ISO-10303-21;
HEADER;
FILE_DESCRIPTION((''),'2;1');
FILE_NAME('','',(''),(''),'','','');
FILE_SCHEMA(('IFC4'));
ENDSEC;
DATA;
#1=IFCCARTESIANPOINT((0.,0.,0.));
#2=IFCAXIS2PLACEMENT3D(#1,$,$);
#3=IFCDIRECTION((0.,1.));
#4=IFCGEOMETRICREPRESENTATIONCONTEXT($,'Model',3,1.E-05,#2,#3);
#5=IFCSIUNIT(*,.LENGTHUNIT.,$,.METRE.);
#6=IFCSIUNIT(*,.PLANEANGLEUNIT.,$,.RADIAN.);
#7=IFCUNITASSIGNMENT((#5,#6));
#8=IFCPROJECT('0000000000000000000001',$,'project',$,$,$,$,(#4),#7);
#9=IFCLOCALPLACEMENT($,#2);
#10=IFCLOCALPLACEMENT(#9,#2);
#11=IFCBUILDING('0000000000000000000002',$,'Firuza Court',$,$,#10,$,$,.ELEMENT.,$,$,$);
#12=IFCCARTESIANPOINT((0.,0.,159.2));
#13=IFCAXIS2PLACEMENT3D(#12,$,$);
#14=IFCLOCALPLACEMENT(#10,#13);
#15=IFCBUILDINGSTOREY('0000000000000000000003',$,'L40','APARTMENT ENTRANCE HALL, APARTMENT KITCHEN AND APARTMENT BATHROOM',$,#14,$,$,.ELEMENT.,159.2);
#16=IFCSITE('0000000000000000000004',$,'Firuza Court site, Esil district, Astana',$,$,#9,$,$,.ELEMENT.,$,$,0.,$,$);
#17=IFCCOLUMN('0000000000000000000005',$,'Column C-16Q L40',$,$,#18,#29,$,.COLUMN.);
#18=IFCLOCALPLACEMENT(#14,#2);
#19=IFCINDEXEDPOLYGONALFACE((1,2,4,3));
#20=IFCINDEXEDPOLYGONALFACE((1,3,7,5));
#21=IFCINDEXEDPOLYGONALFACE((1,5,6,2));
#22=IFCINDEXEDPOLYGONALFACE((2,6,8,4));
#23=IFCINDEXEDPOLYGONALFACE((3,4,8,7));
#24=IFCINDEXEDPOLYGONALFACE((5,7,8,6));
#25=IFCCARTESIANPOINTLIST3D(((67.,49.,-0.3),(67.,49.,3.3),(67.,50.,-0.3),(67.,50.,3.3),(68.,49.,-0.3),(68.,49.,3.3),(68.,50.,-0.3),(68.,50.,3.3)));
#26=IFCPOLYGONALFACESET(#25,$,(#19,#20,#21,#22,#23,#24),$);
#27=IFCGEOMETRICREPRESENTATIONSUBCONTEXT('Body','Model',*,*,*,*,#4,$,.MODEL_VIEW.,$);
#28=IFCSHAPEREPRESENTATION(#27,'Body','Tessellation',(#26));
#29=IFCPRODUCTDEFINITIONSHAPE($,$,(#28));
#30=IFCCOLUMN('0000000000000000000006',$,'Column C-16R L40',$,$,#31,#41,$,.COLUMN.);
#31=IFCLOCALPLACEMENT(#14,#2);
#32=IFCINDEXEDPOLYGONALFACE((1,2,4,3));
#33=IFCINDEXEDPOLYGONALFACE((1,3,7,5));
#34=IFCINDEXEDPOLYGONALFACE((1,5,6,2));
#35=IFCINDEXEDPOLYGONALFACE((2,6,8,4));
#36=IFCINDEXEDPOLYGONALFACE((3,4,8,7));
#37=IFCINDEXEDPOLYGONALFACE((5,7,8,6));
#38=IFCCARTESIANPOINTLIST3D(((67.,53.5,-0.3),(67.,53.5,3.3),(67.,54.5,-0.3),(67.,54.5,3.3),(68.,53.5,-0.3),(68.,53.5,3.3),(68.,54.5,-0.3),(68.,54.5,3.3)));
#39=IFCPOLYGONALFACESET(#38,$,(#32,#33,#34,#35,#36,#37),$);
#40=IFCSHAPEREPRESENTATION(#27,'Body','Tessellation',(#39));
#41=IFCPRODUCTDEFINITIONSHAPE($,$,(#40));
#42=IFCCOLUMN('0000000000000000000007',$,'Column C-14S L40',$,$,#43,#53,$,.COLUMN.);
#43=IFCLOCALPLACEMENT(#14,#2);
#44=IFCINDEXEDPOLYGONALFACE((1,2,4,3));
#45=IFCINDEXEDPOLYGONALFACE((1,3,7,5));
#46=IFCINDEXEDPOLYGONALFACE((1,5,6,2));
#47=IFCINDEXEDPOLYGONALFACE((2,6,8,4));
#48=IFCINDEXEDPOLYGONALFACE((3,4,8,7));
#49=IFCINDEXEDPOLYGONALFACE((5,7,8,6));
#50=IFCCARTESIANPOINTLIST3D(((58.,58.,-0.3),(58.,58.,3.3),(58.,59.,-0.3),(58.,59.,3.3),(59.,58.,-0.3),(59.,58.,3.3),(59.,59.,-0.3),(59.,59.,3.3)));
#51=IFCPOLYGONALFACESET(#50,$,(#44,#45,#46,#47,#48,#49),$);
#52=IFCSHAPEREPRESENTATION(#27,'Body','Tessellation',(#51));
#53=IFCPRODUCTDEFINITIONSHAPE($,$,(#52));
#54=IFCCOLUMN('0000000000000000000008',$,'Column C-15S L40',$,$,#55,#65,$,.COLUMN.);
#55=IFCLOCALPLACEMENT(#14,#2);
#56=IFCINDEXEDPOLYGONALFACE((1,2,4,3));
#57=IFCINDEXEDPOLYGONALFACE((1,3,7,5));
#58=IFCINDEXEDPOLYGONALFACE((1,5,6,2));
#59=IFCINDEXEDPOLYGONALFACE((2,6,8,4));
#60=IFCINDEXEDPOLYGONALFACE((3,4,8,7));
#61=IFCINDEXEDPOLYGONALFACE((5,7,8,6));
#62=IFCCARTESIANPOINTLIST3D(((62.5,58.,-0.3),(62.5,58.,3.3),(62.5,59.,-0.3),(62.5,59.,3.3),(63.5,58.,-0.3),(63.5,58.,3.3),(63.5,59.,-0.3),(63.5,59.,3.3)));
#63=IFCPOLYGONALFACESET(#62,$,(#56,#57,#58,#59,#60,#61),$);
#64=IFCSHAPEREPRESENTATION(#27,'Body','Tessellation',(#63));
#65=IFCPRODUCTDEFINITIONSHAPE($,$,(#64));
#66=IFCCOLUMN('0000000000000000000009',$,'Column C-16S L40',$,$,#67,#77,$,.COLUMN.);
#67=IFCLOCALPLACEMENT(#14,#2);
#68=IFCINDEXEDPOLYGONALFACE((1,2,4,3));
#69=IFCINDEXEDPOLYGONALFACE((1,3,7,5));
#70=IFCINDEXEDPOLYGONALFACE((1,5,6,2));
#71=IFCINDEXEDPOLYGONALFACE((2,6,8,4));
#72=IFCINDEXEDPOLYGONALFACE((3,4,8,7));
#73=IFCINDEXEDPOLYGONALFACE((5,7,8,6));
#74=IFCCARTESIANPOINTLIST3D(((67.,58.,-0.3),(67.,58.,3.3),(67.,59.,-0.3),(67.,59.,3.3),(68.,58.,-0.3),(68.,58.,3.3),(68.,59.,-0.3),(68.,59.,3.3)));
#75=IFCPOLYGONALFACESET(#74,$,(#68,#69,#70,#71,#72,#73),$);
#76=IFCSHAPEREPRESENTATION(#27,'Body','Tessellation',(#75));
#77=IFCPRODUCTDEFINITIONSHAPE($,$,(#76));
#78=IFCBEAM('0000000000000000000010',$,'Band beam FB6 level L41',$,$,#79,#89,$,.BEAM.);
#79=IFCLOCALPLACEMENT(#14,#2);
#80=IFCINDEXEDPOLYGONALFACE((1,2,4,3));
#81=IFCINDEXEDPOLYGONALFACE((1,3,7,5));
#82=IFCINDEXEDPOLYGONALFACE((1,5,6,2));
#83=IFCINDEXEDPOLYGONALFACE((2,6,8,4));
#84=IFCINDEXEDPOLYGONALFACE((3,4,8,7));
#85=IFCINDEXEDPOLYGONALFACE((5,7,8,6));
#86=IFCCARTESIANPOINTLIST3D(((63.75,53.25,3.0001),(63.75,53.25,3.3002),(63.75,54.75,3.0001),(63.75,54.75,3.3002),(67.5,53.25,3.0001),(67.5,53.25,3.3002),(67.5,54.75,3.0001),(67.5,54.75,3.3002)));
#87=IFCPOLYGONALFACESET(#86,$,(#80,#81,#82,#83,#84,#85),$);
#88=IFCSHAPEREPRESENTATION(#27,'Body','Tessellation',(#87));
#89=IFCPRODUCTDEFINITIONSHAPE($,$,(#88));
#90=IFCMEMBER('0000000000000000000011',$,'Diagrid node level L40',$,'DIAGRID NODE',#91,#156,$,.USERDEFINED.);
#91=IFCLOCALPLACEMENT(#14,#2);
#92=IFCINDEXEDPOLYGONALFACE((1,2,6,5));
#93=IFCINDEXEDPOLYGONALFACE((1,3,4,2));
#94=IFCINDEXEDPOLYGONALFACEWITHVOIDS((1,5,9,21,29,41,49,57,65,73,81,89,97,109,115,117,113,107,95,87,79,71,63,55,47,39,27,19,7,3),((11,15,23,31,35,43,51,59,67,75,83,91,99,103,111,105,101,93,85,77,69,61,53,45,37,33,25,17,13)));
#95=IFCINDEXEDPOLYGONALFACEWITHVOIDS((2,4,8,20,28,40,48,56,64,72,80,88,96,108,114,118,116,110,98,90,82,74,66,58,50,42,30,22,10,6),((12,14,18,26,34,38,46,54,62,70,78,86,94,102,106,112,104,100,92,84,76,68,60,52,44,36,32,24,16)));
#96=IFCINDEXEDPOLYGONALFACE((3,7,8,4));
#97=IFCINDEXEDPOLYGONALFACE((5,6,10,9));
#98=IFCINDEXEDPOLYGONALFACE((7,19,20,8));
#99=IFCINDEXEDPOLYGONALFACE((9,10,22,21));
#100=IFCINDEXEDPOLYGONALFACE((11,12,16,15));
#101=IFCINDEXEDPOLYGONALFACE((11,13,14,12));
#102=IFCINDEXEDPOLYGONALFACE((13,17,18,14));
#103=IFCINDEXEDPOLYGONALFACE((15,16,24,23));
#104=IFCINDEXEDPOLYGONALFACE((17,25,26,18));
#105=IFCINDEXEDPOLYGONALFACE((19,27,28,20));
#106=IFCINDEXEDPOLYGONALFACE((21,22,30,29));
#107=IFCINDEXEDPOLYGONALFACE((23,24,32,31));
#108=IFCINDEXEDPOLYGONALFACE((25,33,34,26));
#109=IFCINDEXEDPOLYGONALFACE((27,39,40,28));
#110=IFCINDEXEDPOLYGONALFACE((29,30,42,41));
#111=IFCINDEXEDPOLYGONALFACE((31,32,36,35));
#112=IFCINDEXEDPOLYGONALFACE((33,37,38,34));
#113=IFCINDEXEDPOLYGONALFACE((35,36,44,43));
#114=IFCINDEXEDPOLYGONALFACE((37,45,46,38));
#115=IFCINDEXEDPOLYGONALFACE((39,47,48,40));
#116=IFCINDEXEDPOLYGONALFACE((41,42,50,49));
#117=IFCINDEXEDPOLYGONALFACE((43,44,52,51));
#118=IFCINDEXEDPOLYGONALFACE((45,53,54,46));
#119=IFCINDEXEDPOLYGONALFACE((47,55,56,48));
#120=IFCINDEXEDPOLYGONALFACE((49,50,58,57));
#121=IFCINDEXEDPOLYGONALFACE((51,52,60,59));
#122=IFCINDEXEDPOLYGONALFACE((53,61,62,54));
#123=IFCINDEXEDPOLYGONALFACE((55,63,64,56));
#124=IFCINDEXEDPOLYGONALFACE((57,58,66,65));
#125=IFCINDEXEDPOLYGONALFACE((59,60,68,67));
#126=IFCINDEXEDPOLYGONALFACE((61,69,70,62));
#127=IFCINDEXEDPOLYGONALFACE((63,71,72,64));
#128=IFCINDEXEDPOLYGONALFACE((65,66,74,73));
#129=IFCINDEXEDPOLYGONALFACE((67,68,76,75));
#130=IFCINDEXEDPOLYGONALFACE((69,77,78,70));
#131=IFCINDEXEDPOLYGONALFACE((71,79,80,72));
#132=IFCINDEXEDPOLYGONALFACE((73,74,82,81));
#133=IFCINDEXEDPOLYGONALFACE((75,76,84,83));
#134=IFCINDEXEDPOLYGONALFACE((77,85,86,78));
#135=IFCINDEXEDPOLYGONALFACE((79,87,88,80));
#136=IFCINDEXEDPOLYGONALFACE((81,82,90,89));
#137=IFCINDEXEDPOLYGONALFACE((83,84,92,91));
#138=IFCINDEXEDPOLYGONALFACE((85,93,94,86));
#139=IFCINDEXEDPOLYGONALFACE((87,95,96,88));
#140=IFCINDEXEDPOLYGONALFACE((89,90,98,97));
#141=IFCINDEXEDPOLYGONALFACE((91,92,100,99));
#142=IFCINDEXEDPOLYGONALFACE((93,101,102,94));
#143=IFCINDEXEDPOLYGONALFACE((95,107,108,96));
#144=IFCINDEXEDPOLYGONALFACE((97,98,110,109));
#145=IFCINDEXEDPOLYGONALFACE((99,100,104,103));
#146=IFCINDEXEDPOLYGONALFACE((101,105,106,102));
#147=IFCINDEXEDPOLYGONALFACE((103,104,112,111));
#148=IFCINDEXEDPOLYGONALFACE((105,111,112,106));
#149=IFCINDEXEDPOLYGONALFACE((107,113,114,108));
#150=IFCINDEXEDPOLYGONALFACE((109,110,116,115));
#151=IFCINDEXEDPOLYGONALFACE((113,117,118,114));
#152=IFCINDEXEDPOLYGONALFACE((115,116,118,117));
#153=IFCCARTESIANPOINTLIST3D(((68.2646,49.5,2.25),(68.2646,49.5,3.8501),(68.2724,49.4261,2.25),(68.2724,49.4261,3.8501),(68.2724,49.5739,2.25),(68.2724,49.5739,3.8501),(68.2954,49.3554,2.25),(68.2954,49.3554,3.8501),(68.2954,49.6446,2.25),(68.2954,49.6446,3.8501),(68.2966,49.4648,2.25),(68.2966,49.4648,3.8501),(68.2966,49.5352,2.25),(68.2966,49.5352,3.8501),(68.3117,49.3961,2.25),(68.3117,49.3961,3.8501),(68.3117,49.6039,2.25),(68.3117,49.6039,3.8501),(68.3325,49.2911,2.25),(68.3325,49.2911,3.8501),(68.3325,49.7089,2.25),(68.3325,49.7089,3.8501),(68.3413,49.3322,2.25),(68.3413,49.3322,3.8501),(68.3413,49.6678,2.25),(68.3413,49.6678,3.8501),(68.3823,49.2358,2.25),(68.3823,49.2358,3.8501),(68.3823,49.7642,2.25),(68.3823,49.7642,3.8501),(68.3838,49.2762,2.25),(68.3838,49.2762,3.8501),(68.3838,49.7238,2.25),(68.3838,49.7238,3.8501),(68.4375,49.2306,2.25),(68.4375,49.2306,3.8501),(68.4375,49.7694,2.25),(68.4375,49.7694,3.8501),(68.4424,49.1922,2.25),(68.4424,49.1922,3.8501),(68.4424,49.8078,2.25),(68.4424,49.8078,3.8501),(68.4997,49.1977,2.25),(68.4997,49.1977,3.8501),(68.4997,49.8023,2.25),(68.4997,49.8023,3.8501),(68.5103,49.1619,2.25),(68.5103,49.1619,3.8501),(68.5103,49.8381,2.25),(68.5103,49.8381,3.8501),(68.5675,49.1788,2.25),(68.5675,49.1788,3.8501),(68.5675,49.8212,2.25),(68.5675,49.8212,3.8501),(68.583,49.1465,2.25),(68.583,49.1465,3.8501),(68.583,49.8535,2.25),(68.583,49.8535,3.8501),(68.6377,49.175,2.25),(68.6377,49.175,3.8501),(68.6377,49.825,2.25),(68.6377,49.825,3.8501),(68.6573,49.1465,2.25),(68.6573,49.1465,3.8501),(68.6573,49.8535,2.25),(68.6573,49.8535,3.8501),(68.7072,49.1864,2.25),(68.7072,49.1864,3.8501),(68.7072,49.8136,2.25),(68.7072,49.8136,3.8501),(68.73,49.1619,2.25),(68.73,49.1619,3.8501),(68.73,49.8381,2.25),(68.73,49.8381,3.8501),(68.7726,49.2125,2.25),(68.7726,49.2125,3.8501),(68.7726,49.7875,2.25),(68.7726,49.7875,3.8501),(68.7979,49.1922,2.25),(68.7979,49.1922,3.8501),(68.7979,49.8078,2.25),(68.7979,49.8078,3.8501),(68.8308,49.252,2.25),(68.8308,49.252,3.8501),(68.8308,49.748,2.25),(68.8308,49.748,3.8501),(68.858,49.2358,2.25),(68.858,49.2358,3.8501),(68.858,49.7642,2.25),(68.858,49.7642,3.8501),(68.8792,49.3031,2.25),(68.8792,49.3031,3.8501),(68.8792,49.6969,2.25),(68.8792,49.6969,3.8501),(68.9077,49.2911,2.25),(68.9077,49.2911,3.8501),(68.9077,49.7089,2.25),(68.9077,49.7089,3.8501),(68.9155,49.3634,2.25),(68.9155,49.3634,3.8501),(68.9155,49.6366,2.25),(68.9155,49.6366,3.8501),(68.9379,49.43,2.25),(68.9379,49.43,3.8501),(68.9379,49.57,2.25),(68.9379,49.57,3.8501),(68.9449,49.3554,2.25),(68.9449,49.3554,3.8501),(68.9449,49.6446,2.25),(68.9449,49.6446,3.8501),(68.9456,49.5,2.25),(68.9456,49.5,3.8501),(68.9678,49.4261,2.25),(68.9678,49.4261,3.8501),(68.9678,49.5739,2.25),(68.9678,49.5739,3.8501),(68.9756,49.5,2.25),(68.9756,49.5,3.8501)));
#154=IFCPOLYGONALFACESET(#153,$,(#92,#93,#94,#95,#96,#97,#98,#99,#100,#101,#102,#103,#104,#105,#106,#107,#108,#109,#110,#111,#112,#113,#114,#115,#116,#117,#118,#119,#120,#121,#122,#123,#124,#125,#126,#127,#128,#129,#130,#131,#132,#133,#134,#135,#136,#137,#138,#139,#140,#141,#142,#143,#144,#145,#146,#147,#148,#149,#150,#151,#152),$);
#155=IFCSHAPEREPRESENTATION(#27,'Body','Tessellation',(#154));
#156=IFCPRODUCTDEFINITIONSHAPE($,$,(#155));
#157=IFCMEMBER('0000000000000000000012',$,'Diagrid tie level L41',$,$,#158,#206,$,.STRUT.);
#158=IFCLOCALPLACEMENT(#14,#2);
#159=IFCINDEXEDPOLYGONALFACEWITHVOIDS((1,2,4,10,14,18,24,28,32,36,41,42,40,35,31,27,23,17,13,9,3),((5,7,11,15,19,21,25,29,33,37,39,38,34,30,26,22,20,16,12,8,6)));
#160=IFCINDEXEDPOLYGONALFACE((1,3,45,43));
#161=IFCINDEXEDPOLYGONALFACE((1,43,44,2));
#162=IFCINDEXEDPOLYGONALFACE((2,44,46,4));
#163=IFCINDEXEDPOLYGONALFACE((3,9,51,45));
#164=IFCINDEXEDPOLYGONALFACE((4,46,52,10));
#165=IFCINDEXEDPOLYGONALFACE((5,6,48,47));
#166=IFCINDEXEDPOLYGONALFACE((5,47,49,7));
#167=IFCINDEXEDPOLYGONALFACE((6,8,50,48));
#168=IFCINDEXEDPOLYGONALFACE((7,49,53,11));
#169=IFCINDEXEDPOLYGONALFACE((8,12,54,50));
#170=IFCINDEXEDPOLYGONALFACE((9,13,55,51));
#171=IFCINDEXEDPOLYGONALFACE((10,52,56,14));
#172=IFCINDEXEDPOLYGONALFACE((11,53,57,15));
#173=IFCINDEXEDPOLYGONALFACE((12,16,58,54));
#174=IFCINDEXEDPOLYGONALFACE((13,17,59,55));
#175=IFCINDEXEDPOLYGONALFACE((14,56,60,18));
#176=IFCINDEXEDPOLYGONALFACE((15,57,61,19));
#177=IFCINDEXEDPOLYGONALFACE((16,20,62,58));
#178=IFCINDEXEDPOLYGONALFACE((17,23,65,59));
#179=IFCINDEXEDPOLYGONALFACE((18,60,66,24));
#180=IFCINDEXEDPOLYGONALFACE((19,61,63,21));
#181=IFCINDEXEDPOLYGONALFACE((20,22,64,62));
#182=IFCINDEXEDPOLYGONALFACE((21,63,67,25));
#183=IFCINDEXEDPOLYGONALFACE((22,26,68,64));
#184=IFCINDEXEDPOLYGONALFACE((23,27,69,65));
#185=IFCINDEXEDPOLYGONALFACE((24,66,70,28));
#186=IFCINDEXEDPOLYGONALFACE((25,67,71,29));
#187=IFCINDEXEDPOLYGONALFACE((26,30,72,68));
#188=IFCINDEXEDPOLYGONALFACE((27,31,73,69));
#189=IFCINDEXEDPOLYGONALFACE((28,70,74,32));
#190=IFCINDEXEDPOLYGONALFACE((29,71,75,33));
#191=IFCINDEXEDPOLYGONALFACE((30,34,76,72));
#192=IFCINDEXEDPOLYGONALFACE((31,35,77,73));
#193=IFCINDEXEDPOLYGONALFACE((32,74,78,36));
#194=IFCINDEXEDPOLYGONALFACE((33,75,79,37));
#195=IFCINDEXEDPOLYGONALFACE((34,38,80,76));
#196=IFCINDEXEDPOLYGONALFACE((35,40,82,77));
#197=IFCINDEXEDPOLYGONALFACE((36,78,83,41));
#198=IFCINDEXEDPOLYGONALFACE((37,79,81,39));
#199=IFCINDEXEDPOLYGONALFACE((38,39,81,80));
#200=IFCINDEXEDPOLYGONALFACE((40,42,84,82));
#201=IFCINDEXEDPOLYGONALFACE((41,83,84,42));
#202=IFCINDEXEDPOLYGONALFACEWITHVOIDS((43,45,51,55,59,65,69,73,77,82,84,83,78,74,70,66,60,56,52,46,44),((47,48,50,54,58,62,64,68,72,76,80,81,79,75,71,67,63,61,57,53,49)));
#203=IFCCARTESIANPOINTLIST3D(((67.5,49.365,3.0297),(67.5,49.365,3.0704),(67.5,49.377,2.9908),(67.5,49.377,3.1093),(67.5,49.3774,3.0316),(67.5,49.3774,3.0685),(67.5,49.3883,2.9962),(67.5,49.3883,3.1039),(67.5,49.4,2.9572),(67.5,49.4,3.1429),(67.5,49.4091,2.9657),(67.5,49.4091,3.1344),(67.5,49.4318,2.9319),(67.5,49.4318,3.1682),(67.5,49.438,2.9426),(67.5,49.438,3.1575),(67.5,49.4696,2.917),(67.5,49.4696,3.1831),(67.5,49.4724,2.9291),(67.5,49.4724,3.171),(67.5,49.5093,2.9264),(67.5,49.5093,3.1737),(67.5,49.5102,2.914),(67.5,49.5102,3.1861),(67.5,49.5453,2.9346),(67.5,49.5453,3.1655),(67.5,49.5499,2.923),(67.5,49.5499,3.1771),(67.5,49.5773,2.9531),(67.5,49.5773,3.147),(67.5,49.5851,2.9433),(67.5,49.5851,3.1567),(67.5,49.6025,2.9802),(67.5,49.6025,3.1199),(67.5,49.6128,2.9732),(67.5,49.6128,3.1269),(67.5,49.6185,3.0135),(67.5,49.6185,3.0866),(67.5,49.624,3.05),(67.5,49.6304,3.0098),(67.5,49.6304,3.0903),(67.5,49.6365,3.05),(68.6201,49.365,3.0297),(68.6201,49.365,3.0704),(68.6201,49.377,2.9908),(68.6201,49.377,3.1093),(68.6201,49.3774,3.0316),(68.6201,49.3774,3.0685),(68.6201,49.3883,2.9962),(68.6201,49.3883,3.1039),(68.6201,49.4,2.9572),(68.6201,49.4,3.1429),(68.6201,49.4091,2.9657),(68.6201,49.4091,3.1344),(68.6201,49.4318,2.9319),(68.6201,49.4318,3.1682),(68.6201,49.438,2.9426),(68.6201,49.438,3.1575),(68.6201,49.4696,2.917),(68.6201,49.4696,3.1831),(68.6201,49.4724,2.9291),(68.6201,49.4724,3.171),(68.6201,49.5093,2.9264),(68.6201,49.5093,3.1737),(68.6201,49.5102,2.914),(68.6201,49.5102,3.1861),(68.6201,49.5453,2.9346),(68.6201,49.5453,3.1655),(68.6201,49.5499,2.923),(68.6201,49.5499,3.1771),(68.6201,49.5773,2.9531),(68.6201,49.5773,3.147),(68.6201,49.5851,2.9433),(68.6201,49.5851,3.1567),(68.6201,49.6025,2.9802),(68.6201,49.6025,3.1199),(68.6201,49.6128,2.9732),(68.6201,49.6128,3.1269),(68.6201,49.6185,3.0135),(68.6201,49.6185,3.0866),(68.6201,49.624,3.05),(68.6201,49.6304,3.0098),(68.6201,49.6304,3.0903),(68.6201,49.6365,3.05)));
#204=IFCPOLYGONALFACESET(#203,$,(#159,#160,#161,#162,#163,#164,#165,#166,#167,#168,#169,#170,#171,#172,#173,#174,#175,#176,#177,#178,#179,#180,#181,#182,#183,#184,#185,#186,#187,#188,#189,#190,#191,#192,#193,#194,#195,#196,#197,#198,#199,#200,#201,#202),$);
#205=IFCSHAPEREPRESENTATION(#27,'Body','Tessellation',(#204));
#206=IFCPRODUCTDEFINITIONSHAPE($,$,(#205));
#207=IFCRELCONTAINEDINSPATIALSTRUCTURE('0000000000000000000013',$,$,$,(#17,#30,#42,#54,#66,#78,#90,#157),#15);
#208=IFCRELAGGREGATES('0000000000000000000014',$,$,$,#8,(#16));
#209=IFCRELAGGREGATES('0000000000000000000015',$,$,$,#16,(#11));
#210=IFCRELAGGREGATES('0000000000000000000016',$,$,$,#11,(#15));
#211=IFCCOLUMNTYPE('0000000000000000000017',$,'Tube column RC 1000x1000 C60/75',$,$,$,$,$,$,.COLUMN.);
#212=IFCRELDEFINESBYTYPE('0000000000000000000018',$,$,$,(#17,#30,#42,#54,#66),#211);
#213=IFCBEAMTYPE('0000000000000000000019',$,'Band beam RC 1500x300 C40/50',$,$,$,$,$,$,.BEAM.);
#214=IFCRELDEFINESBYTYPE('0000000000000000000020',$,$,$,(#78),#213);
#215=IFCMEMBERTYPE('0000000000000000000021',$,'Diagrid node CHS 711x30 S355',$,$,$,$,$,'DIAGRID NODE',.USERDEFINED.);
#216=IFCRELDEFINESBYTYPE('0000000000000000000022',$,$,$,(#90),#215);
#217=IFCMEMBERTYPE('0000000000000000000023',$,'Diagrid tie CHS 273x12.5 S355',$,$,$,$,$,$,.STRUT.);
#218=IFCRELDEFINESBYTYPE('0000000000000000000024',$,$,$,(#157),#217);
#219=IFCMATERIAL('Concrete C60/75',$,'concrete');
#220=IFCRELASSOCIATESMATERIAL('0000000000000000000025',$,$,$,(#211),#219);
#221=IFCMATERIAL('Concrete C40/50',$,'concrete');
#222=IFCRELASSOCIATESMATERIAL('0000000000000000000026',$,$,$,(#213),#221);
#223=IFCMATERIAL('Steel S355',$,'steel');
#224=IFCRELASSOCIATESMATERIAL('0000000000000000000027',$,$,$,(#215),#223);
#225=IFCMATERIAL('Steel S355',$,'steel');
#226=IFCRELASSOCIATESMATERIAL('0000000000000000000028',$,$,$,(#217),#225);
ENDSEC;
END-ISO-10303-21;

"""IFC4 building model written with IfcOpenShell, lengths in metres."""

from ifc_helpers import new_model, si_unit, direction, frame, origin, origin_2d, place, context, subcontext, project, spatial, rectangle, hollow_circle, extrude, material, material_profile, profile_set, type_object, element, save


model = new_model("IFC4")

# Units and contexts
model_context = context("Model", 3, precision=1e-05, world=origin(), true_north=direction((0.0, 1.0)))
body_context = subcontext(model_context, "Body", "Model", "MODEL_VIEW")
ifc_project = project(units=[si_unit("LENGTHUNIT", "METRE"), si_unit("PLANEANGLEUNIT", "RADIAN")], contexts=[model_context])

# Site, building, storey
site_placement = place(None, origin())
site = spatial("IfcSite", under=ifc_project, at=site_placement, Name="Firuza Court site, Esil district, Astana", CompositionType="ELEMENT", RefElevation=0.0)
building_placement = place(site_placement, origin())
building = spatial("IfcBuilding", under=site, at=building_placement, Name="Firuza Court", CompositionType="ELEMENT")
storey_placement = place(building_placement, frame((0.0, 0.0, 159.2)))
storey = spatial("IfcBuildingStorey", under=building, at=storey_placement, Name="L40", Description="APARTMENT ENTRANCE HALL, APARTMENT KITCHEN AND APARTMENT BATHROOM", CompositionType="ELEMENT", Elevation=159.2)

# Columns
ifc_material_1 = material(Name="Concrete C60/75", Category="concrete")
ifc_material_profile_1 = material_profile(ifc_material_1, rectangle(XDim=1.0, YDim=1.0, at=origin_2d()), Name="RC 1000x1000")
ifc_profile_set_1 = profile_set([ifc_material_profile_1], Name="Concrete C60/75")
column_type = type_object("IfcColumnType", Name="Tube column RC 1000x1000 C60/75", PredefinedType="COLUMN", material=ifc_profile_set_1)
for number, where, z_axis, x_axis, name in (
    (1, (67.5, 49.5, -0.3), (0.0, 0.0, 1.0), (1.0, 0.0, 0.0), "Column C-16Q L40"),
    (2, (67.5, 54.0, -0.3), (0.0, 0.0, 1.0), (1.0, 0.0, 0.0), "Column C-16R L40"),
    (3, (58.5, 58.5, -0.3), (0.0, 0.0, 1.0), (1.0, 0.0, 0.0), "Column C-14S L40"),
    (4, (63.0, 58.5, -0.3), (0.0, 0.0, 1.0), (1.0, 0.0, 0.0), "Column C-15S L40"),
    (5, (67.5, 58.5, -0.3), (0.0, 0.0, 1.0), (1.0, 0.0, 0.0), "Column C-16S L40"),
):
    element("IfcColumn", number, at=place(storey_placement, frame(where, z_axis=z_axis, x_axis=x_axis)), inside=storey, type_object=column_type, Name=name, PredefinedType="COLUMN", context=body_context, shape_type="SweptSolid", body=[
        extrude(rectangle(XDim=1.0, YDim=1.0, at=origin_2d()), origin(), (0.0, 0.0, 1.0), 3.6001),
    ])

# Beam
ifc_material_2 = material(Name="Concrete C40/50", Category="concrete")
ifc_material_profile_2 = material_profile(ifc_material_2, rectangle(XDim=1.5, YDim=0.3, at=origin_2d()), Name="RC 1500x300")
ifc_profile_set_2 = profile_set([ifc_material_profile_2], Name="Concrete C40/50")
beam_type_1 = type_object("IfcBeamType", Name="Band beam RC 1500x300 C40/50", PredefinedType="BEAM", material=ifc_profile_set_2)
beam_placement = place(storey_placement, frame((67.5, 54.0, 3.1501), z_axis=(-1.0, 0.0, 0.0), x_axis=(0.0, -1.0, 0.0)))
element("IfcBeam", 6, at=beam_placement, inside=storey, type_object=beam_type_1, Name="Band beam FB6 level L41", PredefinedType="BEAM", context=body_context, shape_type="SweptSolid", body=[
    extrude(rectangle(XDim=1.5, YDim=0.3, at=origin_2d()), origin(), (0.0, 0.0, 1.0), 3.75),
])

# Members
ifc_material_3 = material(Name="Steel S355", Category="steel")
ifc_material_profile_3 = material_profile(ifc_material_3, hollow_circle(Radius=0.3555, WallThickness=0.03, at=origin_2d()), Name="CHS 711x30")
ifc_profile_set_3 = profile_set([ifc_material_profile_3], Name="Steel S355")
member_type_1 = type_object("IfcMemberType", Name="Diagrid node CHS 711x30 S355", ElementType="DIAGRID NODE", PredefinedType="USERDEFINED", material=ifc_profile_set_3)
member_1_placement = place(storey_placement, frame((68.6201, 49.5, 2.25), z_axis=(0.0, 0.0, 1.0), x_axis=(1.0, 0.0, 0.0)))
element("IfcMember", 7, at=member_1_placement, inside=storey, type_object=member_type_1, Name="Diagrid node level L40", ObjectType="DIAGRID NODE", PredefinedType="USERDEFINED", context=body_context, shape_type="SweptSolid", body=[
    extrude(hollow_circle(Radius=0.3555, WallThickness=0.03, at=origin_2d()), origin(), (0.0, 0.0, 1.0), 1.6001),
])
ifc_material_4 = material(Name="Steel S355", Category="steel")
ifc_material_profile_4 = material_profile(ifc_material_4, hollow_circle(Radius=0.1365, WallThickness=0.0125, at=origin_2d()), Name="CHS 273x12.5")
ifc_profile_set_4 = profile_set([ifc_material_profile_4], Name="Steel S355")
member_type_2 = type_object("IfcMemberType", Name="Diagrid tie CHS 273x12.5 S355", PredefinedType="STRUT", material=ifc_profile_set_4)
member_2_placement = place(storey_placement, frame((67.5, 49.5, 3.05), z_axis=(1.0, 0.0, 0.0), x_axis=(0.0, 1.0, 0.0)))
element("IfcMember", 8, at=member_2_placement, inside=storey, type_object=member_type_2, Name="Diagrid tie level L41", PredefinedType="STRUT", context=body_context, shape_type="SweptSolid", body=[
    extrude(hollow_circle(Radius=0.1365, WallThickness=0.0125, at=origin_2d()), origin(), (0.0, 0.0, 1.0), 1.1201),
])

save(model, "model.ifc")
